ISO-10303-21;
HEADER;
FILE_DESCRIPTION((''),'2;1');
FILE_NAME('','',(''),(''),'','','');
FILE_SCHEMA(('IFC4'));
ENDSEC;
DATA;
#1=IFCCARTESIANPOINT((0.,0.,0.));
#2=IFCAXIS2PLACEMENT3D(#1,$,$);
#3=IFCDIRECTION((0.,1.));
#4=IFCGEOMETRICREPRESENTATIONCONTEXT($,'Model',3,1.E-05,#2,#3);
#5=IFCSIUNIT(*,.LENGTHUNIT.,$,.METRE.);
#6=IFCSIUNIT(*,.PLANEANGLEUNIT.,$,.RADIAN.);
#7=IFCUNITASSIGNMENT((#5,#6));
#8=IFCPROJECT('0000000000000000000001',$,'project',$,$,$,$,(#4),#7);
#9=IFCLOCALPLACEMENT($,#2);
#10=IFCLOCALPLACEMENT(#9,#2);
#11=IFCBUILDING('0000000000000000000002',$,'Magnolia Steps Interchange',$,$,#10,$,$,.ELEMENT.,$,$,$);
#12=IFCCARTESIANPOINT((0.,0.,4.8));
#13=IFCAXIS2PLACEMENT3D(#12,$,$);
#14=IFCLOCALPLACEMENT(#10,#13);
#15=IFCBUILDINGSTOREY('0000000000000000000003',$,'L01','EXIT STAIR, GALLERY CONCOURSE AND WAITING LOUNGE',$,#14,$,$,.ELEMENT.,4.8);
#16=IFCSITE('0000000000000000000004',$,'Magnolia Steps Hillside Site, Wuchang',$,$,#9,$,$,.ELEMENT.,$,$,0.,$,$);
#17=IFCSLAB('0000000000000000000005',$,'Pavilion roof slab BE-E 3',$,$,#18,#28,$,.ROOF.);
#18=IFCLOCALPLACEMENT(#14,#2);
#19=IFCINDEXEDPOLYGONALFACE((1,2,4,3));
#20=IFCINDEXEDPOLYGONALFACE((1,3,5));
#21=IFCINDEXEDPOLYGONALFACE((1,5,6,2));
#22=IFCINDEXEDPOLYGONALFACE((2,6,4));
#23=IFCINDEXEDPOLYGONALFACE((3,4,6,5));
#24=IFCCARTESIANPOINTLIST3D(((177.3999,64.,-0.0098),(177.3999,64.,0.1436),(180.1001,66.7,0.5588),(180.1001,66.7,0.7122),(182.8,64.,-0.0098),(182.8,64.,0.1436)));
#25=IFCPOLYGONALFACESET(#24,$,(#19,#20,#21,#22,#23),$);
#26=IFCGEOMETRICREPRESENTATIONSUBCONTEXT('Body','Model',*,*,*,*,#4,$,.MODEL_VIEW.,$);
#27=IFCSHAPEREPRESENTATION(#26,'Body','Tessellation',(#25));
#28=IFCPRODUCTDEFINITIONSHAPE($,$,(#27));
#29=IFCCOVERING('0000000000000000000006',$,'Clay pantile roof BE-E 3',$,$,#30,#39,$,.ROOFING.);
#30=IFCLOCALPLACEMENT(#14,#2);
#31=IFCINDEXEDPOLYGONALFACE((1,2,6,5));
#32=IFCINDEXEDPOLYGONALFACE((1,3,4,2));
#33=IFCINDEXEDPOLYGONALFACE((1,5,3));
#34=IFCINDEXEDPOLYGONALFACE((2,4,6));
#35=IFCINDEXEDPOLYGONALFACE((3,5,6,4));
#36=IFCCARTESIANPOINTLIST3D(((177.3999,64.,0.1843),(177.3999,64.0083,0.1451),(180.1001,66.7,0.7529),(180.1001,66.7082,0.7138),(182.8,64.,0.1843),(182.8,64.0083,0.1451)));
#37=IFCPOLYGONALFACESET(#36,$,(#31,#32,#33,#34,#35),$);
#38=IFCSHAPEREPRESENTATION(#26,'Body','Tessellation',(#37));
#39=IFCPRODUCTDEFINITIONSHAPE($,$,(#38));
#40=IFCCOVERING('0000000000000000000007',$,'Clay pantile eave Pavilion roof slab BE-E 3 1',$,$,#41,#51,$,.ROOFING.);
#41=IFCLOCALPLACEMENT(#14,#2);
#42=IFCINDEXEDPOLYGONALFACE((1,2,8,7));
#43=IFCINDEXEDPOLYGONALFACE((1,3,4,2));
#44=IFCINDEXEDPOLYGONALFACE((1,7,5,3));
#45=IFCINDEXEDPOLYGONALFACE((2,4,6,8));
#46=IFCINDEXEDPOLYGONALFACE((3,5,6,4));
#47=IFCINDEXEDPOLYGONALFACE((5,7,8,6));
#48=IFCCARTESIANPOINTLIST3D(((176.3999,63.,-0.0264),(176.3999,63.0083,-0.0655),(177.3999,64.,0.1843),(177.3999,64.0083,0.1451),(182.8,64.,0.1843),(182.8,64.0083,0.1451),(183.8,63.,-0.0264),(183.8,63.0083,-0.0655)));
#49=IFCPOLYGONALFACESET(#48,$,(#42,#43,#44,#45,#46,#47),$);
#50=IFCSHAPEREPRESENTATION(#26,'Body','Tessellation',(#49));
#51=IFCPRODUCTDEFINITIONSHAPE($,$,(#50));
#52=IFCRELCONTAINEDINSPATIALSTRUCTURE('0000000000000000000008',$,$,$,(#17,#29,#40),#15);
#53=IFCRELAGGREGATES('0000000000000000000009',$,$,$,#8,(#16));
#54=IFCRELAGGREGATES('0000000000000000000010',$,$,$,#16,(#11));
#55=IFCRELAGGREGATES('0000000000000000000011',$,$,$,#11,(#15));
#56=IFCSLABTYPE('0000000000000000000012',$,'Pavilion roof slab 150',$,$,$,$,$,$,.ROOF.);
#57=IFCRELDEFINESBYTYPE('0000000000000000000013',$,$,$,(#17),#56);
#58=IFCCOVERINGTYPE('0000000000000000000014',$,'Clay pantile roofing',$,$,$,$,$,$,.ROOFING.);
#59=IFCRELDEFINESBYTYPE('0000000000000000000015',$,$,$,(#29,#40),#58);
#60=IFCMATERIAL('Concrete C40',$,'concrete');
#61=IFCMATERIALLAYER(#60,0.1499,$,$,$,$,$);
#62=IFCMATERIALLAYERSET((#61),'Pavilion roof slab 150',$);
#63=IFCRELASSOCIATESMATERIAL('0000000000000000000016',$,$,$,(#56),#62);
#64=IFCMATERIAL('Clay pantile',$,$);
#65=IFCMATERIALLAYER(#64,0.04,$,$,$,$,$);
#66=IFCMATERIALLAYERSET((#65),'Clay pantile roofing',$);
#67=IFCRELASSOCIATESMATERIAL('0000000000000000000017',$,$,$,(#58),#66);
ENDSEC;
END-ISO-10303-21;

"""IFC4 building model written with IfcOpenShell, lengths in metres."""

from ifc_helpers import new_model, si_unit, direction, frame, origin, place, context, subcontext, project, spatial, polyline, outline, extrude, material, layer, layer_set, type_object, element, save


model = new_model("IFC4")

# Units and contexts
model_context = context("Model", 3, precision=1e-05, world=origin(), true_north=direction((0.0, 1.0)))
body_context = subcontext(model_context, "Body", "Model", "MODEL_VIEW")
ifc_project = project(units=[si_unit("LENGTHUNIT", "METRE"), si_unit("PLANEANGLEUNIT", "RADIAN")], contexts=[model_context])

# Site, building, storey
site_placement = place(None, origin())
site = spatial("IfcSite", under=ifc_project, at=site_placement, Name="Magnolia Steps Hillside Site, Wuchang", CompositionType="ELEMENT", RefElevation=0.0)
building_placement = place(site_placement, origin())
building = spatial("IfcBuilding", under=site, at=building_placement, Name="Magnolia Steps Interchange", CompositionType="ELEMENT")
storey_placement = place(building_placement, frame((0.0, 0.0, 4.8)))
storey = spatial("IfcBuildingStorey", under=building, at=storey_placement, Name="L01", Description="EXIT STAIR, GALLERY CONCOURSE AND WAITING LOUNGE", CompositionType="ELEMENT", Elevation=4.8)

# Slab
ifc_material_1 = material(Name="Concrete C40", Category="concrete")
ifc_layer_1 = layer(ifc_material_1, 0.1499)
ifc_layer_set_1 = layer_set([ifc_layer_1], Name="Pavilion roof slab 150")
slab_type_1 = type_object("IfcSlabType", Name="Pavilion roof slab 150", PredefinedType="ROOF", material=ifc_layer_set_1)
slab_1_placement = place(storey_placement, frame((177.3999, 64.0, 0.1436), z_axis=(0.0, -0.206077, 0.978536), x_axis=(1.0, 0.0, 0.0)))
element("IfcSlab", 1, at=slab_1_placement, inside=storey, type_object=slab_type_1, Name="Pavilion roof slab BE-E 3", PredefinedType="ROOF", context=body_context, shape_type="SweptSolid", body=[
    extrude(outline(polyline([(0.0, 0.0), (5.4001, 0.0), (2.7002, 2.7592), (0.0, 0.0)])), origin(), (0.0, -0.206077, -0.978536), 0.1533),
])

# Coverings
ifc_material_2 = material(Name="Clay pantile")
ifc_layer_2 = layer(ifc_material_2, 0.04)
ifc_layer_set_2 = layer_set([ifc_layer_2], Name="Clay pantile roofing")
covering_type = type_object("IfcCoveringType", Name="Clay pantile roofing", PredefinedType="ROOFING", material=ifc_layer_set_2)
covering_1_placement = place(storey_placement, frame((177.3999, 64.0, 0.1843), z_axis=(0.0, -0.206077, 0.978536), x_axis=(1.0, 0.0, 0.0)))
element("IfcCovering", 2, at=covering_1_placement, inside=storey, type_object=covering_type, Name="Clay pantile roof BE-E 3", PredefinedType="ROOFING", context=body_context, shape_type="SweptSolid", body=[
    extrude(outline(polyline([(0.0, 0.0), (5.4001, 0.0), (2.7002, 2.7592), (0.0, 0.0)])), origin(), (0.0, 0.0, -1.0), 0.04),
])
covering_2_placement = place(storey_placement, frame((177.3999, 64.0, 0.1843), z_axis=(0.0, -0.206167, 0.978517), x_axis=(1.0, 0.0, 0.0)))
element("IfcCovering", 3, at=covering_2_placement, inside=storey, type_object=covering_type, Name="Clay pantile eave Pavilion roof slab BE-E 3 1", PredefinedType="ROOFING", context=body_context, shape_type="SweptSolid", body=[
    extrude(outline(polyline([(0.0, 0.0), (5.4001, 0.0), (6.4001, -1.022), (-1.0, -1.022), (0.0, 0.0)])), origin(), (0.0, 0.0, -1.0), 0.04),
])

save(model, "model.ifc")
